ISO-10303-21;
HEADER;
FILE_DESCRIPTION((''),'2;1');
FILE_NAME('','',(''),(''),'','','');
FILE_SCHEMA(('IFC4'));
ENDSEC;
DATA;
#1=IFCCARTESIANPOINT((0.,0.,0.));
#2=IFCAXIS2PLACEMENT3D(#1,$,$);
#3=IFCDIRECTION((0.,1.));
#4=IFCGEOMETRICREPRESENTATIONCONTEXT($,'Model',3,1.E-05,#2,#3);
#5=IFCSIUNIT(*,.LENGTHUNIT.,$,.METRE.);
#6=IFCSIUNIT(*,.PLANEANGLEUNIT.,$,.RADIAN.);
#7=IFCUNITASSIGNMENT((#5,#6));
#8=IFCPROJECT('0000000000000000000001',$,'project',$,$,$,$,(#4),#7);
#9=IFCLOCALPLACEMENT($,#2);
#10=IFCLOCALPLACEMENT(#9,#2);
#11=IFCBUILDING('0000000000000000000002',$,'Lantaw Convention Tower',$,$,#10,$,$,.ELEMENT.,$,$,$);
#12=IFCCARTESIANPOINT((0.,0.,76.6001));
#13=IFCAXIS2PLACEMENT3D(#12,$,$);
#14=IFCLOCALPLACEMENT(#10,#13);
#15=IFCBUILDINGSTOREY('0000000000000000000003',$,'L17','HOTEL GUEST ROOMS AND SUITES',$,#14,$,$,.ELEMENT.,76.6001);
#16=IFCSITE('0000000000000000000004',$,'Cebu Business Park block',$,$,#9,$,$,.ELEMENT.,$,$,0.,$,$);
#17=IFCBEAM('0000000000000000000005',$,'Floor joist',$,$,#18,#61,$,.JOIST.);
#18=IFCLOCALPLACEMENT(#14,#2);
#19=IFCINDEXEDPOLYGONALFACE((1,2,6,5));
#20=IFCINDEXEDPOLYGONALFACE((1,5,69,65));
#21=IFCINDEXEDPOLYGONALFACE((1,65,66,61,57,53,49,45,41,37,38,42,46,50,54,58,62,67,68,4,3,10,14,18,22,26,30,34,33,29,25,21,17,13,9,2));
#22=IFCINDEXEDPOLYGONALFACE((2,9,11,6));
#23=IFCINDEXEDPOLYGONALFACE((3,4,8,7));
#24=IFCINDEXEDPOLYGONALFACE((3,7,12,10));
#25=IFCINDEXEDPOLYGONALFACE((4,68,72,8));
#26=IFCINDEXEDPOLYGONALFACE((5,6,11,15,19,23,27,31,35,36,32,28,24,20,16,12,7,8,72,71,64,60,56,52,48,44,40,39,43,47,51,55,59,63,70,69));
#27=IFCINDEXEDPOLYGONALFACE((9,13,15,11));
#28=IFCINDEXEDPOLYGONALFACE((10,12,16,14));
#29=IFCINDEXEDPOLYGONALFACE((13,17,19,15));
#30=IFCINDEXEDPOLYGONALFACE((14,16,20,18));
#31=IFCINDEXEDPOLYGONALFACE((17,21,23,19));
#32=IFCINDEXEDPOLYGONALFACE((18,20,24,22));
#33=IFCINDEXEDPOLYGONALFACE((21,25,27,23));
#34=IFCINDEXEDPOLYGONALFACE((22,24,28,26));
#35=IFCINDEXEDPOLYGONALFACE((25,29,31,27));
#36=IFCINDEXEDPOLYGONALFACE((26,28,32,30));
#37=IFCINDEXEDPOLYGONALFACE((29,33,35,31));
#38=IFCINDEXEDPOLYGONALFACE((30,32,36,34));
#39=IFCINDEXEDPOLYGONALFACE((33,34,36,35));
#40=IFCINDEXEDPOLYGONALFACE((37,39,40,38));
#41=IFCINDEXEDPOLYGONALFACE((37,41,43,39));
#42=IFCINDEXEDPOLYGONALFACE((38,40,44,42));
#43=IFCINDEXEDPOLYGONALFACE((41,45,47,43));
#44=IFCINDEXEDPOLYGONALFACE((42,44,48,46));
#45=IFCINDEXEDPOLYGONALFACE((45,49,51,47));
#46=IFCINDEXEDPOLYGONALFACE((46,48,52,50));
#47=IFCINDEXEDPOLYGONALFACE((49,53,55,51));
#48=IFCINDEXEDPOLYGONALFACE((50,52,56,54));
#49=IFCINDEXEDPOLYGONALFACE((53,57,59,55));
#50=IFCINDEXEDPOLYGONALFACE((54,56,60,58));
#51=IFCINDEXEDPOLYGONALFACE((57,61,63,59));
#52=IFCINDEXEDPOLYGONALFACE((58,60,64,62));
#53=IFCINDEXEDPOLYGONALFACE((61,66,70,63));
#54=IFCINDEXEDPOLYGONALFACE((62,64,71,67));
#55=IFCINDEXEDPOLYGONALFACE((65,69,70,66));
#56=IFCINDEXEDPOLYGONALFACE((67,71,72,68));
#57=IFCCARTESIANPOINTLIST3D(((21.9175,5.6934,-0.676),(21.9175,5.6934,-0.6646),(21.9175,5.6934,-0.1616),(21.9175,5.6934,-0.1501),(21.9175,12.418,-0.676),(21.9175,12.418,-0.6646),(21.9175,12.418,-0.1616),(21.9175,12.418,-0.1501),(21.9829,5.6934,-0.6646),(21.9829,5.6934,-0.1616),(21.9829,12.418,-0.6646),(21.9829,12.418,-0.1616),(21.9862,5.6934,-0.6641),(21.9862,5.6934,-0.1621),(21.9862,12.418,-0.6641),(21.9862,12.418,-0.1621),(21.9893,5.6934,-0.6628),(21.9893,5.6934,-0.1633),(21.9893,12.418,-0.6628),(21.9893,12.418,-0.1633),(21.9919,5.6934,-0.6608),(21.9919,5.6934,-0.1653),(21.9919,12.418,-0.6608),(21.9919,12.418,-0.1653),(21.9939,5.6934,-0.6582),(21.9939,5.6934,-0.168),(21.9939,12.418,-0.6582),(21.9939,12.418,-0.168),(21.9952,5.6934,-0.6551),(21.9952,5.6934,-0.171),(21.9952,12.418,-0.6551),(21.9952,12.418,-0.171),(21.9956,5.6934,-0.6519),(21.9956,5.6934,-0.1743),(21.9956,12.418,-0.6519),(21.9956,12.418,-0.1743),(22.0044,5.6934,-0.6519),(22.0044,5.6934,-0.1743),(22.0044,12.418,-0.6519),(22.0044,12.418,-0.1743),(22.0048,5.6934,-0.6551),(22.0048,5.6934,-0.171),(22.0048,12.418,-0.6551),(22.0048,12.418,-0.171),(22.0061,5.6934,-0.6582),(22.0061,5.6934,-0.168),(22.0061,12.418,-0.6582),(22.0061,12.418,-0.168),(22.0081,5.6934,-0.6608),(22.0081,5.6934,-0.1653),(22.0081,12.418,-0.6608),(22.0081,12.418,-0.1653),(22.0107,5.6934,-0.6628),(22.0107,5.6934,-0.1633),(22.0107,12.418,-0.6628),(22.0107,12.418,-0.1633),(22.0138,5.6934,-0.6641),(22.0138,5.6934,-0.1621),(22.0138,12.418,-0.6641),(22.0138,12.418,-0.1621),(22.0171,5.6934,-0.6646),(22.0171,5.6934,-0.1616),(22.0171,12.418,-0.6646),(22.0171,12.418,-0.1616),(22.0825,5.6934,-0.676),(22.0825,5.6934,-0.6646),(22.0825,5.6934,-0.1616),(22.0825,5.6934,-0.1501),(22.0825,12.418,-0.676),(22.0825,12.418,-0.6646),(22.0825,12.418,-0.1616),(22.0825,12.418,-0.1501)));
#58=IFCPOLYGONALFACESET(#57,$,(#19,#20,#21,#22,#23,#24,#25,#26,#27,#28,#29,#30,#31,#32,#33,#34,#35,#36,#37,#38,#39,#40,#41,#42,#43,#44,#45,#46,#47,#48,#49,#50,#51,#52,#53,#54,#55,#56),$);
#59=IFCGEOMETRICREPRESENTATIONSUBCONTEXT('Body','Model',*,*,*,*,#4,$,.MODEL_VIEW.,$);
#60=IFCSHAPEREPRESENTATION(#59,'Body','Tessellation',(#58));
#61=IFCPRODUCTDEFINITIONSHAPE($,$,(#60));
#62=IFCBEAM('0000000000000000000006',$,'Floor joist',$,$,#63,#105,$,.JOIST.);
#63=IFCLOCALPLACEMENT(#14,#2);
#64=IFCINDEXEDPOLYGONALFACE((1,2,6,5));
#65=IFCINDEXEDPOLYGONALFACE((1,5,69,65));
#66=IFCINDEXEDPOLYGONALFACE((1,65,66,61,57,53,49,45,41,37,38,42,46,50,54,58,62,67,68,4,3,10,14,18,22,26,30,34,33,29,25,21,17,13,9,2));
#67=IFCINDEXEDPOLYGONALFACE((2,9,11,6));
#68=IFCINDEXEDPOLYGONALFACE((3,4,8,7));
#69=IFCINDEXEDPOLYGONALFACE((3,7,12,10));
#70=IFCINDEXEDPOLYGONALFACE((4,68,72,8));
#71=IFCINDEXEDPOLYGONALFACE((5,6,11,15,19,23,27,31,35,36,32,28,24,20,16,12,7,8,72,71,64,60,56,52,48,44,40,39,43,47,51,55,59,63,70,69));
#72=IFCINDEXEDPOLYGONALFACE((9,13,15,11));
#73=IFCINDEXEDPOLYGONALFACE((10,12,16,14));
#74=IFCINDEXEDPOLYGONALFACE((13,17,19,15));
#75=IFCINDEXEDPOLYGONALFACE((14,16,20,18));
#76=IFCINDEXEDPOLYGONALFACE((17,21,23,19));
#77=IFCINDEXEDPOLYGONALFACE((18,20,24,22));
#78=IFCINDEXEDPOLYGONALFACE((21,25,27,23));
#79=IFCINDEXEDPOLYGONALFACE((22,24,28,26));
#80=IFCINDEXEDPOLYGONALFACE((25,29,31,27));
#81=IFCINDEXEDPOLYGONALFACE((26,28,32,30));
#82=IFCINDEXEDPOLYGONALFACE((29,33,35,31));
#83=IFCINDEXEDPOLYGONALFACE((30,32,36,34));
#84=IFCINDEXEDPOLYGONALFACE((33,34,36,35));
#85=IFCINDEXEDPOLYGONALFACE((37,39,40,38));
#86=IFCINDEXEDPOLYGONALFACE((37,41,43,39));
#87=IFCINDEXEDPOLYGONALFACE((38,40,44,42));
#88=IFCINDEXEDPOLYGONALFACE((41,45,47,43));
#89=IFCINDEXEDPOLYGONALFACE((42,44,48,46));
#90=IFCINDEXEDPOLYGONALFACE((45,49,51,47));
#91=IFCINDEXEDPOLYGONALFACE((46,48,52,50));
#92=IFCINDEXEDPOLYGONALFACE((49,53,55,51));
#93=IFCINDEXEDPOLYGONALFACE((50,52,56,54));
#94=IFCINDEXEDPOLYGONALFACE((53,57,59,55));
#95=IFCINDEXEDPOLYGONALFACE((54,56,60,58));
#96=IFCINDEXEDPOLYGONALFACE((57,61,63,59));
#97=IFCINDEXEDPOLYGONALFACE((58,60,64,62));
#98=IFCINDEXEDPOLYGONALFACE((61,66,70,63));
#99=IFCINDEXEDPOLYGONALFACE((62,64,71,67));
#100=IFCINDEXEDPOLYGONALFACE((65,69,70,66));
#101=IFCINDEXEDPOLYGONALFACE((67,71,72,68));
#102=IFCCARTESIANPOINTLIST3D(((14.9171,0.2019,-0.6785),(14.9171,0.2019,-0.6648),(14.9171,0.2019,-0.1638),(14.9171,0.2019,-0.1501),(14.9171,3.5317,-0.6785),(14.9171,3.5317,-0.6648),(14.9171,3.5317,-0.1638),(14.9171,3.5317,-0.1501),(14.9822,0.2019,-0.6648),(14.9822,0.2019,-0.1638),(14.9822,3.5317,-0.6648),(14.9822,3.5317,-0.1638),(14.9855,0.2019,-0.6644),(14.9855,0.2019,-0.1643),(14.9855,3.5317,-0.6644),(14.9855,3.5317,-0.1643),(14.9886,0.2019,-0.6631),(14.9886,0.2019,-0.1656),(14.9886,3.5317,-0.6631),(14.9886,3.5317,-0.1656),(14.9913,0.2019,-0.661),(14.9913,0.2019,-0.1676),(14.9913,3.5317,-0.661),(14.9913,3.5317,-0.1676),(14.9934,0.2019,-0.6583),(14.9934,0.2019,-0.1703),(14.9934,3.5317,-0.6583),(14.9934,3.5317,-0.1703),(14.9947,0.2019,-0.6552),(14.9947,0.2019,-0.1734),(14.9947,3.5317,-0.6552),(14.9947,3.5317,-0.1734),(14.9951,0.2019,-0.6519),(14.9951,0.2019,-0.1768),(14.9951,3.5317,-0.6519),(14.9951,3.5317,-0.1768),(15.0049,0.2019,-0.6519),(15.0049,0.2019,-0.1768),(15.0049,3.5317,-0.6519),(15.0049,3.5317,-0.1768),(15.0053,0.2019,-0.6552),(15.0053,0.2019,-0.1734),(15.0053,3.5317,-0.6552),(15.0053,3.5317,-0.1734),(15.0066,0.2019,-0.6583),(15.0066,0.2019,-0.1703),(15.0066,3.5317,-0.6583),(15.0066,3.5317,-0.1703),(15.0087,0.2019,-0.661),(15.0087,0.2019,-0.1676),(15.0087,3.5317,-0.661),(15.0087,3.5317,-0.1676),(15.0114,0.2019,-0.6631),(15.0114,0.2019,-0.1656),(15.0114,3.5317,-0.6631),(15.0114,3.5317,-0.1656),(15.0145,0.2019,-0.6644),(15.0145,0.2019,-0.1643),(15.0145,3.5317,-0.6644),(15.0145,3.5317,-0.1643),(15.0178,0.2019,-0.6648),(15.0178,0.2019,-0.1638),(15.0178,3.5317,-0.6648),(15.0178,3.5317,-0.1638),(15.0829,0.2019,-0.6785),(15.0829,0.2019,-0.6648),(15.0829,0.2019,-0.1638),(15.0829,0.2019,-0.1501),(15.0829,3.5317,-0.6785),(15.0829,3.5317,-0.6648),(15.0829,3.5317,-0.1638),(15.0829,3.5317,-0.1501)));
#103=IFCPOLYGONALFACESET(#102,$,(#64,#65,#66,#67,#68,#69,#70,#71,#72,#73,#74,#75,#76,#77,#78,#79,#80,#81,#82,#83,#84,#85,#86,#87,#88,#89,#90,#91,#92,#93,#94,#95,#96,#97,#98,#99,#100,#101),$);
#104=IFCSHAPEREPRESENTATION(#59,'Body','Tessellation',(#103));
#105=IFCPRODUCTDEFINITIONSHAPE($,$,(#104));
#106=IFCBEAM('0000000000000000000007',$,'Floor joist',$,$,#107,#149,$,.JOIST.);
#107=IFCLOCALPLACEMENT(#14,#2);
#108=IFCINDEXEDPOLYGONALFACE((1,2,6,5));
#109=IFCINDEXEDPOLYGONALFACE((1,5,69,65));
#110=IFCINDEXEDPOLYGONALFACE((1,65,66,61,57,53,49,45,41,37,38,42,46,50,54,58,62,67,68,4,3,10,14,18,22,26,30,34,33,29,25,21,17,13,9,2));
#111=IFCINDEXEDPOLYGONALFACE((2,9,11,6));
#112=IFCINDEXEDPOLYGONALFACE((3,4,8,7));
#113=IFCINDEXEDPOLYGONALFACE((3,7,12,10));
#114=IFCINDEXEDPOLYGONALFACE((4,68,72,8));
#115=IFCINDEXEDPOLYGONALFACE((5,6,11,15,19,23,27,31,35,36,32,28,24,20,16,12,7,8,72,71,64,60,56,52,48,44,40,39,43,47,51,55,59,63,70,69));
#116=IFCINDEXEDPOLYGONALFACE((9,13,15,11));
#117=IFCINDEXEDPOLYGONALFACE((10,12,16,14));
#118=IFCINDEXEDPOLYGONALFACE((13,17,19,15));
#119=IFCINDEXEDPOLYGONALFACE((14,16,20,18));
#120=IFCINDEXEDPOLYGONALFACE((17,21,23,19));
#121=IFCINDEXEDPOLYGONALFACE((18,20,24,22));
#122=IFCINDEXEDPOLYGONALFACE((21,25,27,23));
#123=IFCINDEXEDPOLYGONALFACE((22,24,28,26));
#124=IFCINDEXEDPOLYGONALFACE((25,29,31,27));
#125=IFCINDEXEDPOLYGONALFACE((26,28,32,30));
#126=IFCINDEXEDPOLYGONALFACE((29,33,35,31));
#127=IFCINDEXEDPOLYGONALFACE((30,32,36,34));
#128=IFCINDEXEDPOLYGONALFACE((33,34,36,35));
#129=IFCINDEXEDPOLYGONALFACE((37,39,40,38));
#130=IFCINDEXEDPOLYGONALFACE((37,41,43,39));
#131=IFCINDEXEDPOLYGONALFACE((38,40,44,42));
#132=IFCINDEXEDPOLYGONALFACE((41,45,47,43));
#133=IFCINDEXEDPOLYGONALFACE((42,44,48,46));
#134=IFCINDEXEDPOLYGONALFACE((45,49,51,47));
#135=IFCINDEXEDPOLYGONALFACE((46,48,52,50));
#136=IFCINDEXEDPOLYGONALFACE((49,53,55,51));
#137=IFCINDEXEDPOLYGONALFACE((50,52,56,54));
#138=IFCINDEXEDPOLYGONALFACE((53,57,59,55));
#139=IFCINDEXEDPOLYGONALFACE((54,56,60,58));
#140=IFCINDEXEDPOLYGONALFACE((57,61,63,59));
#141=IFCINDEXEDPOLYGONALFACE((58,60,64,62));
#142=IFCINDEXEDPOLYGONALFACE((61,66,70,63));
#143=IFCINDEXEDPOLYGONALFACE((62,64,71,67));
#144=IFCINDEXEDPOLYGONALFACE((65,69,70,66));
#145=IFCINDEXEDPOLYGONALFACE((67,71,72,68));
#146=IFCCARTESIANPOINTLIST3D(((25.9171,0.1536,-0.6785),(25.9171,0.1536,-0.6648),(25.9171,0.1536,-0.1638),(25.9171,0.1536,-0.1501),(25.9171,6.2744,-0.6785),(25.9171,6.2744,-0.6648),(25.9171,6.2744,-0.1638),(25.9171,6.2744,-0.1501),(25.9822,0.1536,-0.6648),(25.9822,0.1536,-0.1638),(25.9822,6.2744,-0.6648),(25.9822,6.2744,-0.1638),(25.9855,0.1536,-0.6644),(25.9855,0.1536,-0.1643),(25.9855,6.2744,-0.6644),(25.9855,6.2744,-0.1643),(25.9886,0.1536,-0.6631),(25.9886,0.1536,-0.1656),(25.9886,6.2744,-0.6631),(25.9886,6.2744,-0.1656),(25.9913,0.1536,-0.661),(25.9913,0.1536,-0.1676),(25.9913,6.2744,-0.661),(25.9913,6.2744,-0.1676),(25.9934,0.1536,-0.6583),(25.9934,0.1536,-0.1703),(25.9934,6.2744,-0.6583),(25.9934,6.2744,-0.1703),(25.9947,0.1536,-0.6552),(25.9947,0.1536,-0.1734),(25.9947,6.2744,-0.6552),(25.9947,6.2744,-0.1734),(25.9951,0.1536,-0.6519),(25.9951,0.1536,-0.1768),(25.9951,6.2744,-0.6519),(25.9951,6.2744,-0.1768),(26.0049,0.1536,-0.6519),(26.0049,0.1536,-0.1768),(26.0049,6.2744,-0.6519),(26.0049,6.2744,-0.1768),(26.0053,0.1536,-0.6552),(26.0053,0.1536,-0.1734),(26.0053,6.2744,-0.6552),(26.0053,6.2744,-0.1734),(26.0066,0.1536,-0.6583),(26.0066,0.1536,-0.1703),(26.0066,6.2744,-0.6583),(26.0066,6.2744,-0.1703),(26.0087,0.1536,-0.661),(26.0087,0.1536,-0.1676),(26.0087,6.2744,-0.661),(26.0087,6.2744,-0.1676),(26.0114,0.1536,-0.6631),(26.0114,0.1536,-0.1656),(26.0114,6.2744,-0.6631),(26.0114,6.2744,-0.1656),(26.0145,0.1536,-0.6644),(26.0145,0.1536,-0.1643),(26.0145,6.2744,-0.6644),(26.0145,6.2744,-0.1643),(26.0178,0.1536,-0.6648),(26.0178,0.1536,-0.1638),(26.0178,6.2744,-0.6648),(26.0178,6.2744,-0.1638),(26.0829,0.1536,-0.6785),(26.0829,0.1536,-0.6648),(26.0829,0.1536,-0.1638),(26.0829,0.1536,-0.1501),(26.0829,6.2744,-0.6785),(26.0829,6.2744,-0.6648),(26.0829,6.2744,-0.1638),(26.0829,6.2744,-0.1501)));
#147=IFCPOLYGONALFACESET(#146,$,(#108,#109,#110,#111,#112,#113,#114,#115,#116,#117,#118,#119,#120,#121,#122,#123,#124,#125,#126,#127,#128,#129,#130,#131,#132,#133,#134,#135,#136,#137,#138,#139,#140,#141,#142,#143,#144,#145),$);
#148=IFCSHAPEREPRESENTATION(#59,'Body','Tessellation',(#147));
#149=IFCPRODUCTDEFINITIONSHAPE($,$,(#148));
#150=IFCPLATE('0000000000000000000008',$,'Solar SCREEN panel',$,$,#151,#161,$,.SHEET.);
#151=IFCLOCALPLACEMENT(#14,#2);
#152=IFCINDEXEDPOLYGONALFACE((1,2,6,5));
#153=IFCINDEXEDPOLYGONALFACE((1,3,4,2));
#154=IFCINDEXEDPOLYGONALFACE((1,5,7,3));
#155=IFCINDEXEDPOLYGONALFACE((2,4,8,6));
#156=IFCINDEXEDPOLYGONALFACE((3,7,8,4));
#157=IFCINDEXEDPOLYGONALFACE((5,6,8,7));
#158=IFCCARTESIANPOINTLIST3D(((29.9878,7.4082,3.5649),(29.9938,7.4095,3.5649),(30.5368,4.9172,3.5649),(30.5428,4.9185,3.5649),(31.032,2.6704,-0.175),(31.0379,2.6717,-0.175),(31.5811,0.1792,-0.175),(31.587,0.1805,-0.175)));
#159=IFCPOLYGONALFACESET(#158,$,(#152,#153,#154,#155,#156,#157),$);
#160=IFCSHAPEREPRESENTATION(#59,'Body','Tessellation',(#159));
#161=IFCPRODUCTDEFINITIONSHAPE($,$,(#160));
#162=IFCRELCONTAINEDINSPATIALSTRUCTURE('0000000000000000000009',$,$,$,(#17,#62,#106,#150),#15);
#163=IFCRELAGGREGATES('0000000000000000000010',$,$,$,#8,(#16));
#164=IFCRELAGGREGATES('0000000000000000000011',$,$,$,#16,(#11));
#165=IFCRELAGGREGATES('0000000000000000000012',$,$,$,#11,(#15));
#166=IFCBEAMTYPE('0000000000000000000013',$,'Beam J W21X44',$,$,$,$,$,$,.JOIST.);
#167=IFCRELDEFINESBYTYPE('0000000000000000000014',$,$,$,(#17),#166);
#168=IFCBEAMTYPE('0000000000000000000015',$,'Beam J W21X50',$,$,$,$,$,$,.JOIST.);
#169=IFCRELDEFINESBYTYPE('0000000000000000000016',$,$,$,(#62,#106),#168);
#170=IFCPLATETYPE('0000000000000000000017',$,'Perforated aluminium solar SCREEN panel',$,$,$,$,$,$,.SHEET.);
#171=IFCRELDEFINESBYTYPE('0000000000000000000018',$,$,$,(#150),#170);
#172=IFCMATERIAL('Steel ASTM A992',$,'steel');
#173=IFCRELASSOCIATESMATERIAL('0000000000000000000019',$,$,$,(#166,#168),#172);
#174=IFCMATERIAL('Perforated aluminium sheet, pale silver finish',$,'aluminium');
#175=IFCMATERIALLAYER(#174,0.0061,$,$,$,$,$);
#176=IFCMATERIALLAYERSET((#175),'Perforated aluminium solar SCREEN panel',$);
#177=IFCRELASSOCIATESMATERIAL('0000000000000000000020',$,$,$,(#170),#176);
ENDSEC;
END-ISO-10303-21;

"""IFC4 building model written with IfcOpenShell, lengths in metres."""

from ifc_helpers import new_model, si_unit, direction, frame, origin, origin_2d, place, context, subcontext, project, spatial, polyline, i_section, outline, extrude, material, layer, layer_set, material_profile, profile_set, type_object, element, save


model = new_model("IFC4")

# Units and contexts
model_context = context("Model", 3, precision=1e-05, world=origin(), true_north=direction((0.0, 1.0)))
body_context = subcontext(model_context, "Body", "Model", "MODEL_VIEW")
ifc_project = project(units=[si_unit("LENGTHUNIT", "METRE"), si_unit("PLANEANGLEUNIT", "RADIAN")], contexts=[model_context])

# Site, building, storey
site_placement = place(None, origin())
site = spatial("IfcSite", under=ifc_project, at=site_placement, Name="Cebu Business Park block", CompositionType="ELEMENT", RefElevation=0.0)
building_placement = place(site_placement, origin())
building = spatial("IfcBuilding", under=site, at=building_placement, Name="Lantaw Convention Tower", CompositionType="ELEMENT")
storey_placement = place(building_placement, frame((0.0, 0.0, 76.6001)))
storey = spatial("IfcBuildingStorey", under=building, at=storey_placement, Name="L17", Description="HOTEL GUEST ROOMS AND SUITES", CompositionType="ELEMENT", Elevation=76.6001)

# Beams
ifc_material_1 = material(Name="Steel ASTM A992", Category="steel")
ifc_material_profile_1 = material_profile(ifc_material_1, i_section(OverallWidth=0.165, OverallDepth=0.5259, WebThickness=0.0088, FlangeThickness=0.0115, FilletRadius=0.0127, at=origin_2d()), Name="W21X44")
ifc_profile_set_1 = profile_set([ifc_material_profile_1], Name="Steel ASTM A992")
beam_type_1 = type_object("IfcBeamType", Name="Beam J W21X44", PredefinedType="JOIST", material=ifc_profile_set_1)
beam_1_placement = place(storey_placement, frame((22.0, 5.6934, -0.4131), z_axis=(0.0, 1.0, 0.0), x_axis=(-1.0, 0.0, 0.0)))
element("IfcBeam", 1, at=beam_1_placement, inside=storey, type_object=beam_type_1, Name="Floor joist", PredefinedType="JOIST", context=body_context, shape_type="SweptSolid", body=[
    extrude(i_section(OverallWidth=0.165, OverallDepth=0.5259, WebThickness=0.0088, FlangeThickness=0.0115, FilletRadius=0.0127, at=origin_2d()), origin(), (0.0, 0.0, 1.0), 6.7246),
])
ifc_material_profile_2 = material_profile(ifc_material_1, i_section(OverallWidth=0.1658, OverallDepth=0.5283, WebThickness=0.0098, FlangeThickness=0.0137, FilletRadius=0.0129, at=origin_2d()), Name="W21X50")
ifc_profile_set_2 = profile_set([ifc_material_profile_2], Name="Steel ASTM A992")
beam_type_2 = type_object("IfcBeamType", Name="Beam J W21X50", PredefinedType="JOIST", material=ifc_profile_set_2)
beam_2_placement = place(storey_placement, frame((15.0, 0.2019, -0.4143), z_axis=(0.0, 1.0, 0.0), x_axis=(-1.0, 0.0, 0.0)))
element("IfcBeam", 2, at=beam_2_placement, inside=storey, type_object=beam_type_2, Name="Floor joist", PredefinedType="JOIST", context=body_context, shape_type="SweptSolid", body=[
    extrude(i_section(OverallWidth=0.1658, OverallDepth=0.5283, WebThickness=0.0098, FlangeThickness=0.0137, FilletRadius=0.0129, at=origin_2d()), origin(), (0.0, 0.0, 1.0), 3.3298),
])
beam_3_placement = place(storey_placement, frame((26.0, 0.1536, -0.4143), z_axis=(0.0, 1.0, 0.0), x_axis=(-1.0, 0.0, 0.0)))
element("IfcBeam", 3, at=beam_3_placement, inside=storey, type_object=beam_type_2, Name="Floor joist", PredefinedType="JOIST", context=body_context, shape_type="SweptSolid", body=[
    extrude(i_section(OverallWidth=0.1658, OverallDepth=0.5283, WebThickness=0.0098, FlangeThickness=0.0137, FilletRadius=0.0129, at=origin_2d()), origin(), (0.0, 0.0, 1.0), 6.1208),
])

# Plate
ifc_material_2 = material(Name="Perforated aluminium sheet, pale silver finish", Category="aluminium")
ifc_layer_1 = layer(ifc_material_2, 0.0061)
ifc_layer_set_1 = layer_set([ifc_layer_1], Name="Perforated aluminium solar SCREEN panel")
plate_type = type_object("IfcPlateType", Name="Perforated aluminium solar SCREEN panel", PredefinedType="SHEET", material=ifc_layer_set_1)
plate_placement = place(storey_placement, frame((31.5811, 0.1792, -0.175), z_axis=(-0.976559, -0.215248, 0.00003), x_axis=(-0.215248, 0.976559, 0.0)))
element("IfcPlate", 4, at=plate_placement, inside=storey, type_object=plate_type, Name="Solar SCREEN panel", PredefinedType="SHEET", context=body_context, shape_type="SweptSolid", body=[
    extrude(outline(polyline([(0.0, 0.0), (2.551, 0.0), (7.4025, -3.74), (4.8517, -3.74), (0.0, 0.0)])), origin(), (0.0, 0.0, -1.0), 0.0061),
])

save(model, "model.ifc")
